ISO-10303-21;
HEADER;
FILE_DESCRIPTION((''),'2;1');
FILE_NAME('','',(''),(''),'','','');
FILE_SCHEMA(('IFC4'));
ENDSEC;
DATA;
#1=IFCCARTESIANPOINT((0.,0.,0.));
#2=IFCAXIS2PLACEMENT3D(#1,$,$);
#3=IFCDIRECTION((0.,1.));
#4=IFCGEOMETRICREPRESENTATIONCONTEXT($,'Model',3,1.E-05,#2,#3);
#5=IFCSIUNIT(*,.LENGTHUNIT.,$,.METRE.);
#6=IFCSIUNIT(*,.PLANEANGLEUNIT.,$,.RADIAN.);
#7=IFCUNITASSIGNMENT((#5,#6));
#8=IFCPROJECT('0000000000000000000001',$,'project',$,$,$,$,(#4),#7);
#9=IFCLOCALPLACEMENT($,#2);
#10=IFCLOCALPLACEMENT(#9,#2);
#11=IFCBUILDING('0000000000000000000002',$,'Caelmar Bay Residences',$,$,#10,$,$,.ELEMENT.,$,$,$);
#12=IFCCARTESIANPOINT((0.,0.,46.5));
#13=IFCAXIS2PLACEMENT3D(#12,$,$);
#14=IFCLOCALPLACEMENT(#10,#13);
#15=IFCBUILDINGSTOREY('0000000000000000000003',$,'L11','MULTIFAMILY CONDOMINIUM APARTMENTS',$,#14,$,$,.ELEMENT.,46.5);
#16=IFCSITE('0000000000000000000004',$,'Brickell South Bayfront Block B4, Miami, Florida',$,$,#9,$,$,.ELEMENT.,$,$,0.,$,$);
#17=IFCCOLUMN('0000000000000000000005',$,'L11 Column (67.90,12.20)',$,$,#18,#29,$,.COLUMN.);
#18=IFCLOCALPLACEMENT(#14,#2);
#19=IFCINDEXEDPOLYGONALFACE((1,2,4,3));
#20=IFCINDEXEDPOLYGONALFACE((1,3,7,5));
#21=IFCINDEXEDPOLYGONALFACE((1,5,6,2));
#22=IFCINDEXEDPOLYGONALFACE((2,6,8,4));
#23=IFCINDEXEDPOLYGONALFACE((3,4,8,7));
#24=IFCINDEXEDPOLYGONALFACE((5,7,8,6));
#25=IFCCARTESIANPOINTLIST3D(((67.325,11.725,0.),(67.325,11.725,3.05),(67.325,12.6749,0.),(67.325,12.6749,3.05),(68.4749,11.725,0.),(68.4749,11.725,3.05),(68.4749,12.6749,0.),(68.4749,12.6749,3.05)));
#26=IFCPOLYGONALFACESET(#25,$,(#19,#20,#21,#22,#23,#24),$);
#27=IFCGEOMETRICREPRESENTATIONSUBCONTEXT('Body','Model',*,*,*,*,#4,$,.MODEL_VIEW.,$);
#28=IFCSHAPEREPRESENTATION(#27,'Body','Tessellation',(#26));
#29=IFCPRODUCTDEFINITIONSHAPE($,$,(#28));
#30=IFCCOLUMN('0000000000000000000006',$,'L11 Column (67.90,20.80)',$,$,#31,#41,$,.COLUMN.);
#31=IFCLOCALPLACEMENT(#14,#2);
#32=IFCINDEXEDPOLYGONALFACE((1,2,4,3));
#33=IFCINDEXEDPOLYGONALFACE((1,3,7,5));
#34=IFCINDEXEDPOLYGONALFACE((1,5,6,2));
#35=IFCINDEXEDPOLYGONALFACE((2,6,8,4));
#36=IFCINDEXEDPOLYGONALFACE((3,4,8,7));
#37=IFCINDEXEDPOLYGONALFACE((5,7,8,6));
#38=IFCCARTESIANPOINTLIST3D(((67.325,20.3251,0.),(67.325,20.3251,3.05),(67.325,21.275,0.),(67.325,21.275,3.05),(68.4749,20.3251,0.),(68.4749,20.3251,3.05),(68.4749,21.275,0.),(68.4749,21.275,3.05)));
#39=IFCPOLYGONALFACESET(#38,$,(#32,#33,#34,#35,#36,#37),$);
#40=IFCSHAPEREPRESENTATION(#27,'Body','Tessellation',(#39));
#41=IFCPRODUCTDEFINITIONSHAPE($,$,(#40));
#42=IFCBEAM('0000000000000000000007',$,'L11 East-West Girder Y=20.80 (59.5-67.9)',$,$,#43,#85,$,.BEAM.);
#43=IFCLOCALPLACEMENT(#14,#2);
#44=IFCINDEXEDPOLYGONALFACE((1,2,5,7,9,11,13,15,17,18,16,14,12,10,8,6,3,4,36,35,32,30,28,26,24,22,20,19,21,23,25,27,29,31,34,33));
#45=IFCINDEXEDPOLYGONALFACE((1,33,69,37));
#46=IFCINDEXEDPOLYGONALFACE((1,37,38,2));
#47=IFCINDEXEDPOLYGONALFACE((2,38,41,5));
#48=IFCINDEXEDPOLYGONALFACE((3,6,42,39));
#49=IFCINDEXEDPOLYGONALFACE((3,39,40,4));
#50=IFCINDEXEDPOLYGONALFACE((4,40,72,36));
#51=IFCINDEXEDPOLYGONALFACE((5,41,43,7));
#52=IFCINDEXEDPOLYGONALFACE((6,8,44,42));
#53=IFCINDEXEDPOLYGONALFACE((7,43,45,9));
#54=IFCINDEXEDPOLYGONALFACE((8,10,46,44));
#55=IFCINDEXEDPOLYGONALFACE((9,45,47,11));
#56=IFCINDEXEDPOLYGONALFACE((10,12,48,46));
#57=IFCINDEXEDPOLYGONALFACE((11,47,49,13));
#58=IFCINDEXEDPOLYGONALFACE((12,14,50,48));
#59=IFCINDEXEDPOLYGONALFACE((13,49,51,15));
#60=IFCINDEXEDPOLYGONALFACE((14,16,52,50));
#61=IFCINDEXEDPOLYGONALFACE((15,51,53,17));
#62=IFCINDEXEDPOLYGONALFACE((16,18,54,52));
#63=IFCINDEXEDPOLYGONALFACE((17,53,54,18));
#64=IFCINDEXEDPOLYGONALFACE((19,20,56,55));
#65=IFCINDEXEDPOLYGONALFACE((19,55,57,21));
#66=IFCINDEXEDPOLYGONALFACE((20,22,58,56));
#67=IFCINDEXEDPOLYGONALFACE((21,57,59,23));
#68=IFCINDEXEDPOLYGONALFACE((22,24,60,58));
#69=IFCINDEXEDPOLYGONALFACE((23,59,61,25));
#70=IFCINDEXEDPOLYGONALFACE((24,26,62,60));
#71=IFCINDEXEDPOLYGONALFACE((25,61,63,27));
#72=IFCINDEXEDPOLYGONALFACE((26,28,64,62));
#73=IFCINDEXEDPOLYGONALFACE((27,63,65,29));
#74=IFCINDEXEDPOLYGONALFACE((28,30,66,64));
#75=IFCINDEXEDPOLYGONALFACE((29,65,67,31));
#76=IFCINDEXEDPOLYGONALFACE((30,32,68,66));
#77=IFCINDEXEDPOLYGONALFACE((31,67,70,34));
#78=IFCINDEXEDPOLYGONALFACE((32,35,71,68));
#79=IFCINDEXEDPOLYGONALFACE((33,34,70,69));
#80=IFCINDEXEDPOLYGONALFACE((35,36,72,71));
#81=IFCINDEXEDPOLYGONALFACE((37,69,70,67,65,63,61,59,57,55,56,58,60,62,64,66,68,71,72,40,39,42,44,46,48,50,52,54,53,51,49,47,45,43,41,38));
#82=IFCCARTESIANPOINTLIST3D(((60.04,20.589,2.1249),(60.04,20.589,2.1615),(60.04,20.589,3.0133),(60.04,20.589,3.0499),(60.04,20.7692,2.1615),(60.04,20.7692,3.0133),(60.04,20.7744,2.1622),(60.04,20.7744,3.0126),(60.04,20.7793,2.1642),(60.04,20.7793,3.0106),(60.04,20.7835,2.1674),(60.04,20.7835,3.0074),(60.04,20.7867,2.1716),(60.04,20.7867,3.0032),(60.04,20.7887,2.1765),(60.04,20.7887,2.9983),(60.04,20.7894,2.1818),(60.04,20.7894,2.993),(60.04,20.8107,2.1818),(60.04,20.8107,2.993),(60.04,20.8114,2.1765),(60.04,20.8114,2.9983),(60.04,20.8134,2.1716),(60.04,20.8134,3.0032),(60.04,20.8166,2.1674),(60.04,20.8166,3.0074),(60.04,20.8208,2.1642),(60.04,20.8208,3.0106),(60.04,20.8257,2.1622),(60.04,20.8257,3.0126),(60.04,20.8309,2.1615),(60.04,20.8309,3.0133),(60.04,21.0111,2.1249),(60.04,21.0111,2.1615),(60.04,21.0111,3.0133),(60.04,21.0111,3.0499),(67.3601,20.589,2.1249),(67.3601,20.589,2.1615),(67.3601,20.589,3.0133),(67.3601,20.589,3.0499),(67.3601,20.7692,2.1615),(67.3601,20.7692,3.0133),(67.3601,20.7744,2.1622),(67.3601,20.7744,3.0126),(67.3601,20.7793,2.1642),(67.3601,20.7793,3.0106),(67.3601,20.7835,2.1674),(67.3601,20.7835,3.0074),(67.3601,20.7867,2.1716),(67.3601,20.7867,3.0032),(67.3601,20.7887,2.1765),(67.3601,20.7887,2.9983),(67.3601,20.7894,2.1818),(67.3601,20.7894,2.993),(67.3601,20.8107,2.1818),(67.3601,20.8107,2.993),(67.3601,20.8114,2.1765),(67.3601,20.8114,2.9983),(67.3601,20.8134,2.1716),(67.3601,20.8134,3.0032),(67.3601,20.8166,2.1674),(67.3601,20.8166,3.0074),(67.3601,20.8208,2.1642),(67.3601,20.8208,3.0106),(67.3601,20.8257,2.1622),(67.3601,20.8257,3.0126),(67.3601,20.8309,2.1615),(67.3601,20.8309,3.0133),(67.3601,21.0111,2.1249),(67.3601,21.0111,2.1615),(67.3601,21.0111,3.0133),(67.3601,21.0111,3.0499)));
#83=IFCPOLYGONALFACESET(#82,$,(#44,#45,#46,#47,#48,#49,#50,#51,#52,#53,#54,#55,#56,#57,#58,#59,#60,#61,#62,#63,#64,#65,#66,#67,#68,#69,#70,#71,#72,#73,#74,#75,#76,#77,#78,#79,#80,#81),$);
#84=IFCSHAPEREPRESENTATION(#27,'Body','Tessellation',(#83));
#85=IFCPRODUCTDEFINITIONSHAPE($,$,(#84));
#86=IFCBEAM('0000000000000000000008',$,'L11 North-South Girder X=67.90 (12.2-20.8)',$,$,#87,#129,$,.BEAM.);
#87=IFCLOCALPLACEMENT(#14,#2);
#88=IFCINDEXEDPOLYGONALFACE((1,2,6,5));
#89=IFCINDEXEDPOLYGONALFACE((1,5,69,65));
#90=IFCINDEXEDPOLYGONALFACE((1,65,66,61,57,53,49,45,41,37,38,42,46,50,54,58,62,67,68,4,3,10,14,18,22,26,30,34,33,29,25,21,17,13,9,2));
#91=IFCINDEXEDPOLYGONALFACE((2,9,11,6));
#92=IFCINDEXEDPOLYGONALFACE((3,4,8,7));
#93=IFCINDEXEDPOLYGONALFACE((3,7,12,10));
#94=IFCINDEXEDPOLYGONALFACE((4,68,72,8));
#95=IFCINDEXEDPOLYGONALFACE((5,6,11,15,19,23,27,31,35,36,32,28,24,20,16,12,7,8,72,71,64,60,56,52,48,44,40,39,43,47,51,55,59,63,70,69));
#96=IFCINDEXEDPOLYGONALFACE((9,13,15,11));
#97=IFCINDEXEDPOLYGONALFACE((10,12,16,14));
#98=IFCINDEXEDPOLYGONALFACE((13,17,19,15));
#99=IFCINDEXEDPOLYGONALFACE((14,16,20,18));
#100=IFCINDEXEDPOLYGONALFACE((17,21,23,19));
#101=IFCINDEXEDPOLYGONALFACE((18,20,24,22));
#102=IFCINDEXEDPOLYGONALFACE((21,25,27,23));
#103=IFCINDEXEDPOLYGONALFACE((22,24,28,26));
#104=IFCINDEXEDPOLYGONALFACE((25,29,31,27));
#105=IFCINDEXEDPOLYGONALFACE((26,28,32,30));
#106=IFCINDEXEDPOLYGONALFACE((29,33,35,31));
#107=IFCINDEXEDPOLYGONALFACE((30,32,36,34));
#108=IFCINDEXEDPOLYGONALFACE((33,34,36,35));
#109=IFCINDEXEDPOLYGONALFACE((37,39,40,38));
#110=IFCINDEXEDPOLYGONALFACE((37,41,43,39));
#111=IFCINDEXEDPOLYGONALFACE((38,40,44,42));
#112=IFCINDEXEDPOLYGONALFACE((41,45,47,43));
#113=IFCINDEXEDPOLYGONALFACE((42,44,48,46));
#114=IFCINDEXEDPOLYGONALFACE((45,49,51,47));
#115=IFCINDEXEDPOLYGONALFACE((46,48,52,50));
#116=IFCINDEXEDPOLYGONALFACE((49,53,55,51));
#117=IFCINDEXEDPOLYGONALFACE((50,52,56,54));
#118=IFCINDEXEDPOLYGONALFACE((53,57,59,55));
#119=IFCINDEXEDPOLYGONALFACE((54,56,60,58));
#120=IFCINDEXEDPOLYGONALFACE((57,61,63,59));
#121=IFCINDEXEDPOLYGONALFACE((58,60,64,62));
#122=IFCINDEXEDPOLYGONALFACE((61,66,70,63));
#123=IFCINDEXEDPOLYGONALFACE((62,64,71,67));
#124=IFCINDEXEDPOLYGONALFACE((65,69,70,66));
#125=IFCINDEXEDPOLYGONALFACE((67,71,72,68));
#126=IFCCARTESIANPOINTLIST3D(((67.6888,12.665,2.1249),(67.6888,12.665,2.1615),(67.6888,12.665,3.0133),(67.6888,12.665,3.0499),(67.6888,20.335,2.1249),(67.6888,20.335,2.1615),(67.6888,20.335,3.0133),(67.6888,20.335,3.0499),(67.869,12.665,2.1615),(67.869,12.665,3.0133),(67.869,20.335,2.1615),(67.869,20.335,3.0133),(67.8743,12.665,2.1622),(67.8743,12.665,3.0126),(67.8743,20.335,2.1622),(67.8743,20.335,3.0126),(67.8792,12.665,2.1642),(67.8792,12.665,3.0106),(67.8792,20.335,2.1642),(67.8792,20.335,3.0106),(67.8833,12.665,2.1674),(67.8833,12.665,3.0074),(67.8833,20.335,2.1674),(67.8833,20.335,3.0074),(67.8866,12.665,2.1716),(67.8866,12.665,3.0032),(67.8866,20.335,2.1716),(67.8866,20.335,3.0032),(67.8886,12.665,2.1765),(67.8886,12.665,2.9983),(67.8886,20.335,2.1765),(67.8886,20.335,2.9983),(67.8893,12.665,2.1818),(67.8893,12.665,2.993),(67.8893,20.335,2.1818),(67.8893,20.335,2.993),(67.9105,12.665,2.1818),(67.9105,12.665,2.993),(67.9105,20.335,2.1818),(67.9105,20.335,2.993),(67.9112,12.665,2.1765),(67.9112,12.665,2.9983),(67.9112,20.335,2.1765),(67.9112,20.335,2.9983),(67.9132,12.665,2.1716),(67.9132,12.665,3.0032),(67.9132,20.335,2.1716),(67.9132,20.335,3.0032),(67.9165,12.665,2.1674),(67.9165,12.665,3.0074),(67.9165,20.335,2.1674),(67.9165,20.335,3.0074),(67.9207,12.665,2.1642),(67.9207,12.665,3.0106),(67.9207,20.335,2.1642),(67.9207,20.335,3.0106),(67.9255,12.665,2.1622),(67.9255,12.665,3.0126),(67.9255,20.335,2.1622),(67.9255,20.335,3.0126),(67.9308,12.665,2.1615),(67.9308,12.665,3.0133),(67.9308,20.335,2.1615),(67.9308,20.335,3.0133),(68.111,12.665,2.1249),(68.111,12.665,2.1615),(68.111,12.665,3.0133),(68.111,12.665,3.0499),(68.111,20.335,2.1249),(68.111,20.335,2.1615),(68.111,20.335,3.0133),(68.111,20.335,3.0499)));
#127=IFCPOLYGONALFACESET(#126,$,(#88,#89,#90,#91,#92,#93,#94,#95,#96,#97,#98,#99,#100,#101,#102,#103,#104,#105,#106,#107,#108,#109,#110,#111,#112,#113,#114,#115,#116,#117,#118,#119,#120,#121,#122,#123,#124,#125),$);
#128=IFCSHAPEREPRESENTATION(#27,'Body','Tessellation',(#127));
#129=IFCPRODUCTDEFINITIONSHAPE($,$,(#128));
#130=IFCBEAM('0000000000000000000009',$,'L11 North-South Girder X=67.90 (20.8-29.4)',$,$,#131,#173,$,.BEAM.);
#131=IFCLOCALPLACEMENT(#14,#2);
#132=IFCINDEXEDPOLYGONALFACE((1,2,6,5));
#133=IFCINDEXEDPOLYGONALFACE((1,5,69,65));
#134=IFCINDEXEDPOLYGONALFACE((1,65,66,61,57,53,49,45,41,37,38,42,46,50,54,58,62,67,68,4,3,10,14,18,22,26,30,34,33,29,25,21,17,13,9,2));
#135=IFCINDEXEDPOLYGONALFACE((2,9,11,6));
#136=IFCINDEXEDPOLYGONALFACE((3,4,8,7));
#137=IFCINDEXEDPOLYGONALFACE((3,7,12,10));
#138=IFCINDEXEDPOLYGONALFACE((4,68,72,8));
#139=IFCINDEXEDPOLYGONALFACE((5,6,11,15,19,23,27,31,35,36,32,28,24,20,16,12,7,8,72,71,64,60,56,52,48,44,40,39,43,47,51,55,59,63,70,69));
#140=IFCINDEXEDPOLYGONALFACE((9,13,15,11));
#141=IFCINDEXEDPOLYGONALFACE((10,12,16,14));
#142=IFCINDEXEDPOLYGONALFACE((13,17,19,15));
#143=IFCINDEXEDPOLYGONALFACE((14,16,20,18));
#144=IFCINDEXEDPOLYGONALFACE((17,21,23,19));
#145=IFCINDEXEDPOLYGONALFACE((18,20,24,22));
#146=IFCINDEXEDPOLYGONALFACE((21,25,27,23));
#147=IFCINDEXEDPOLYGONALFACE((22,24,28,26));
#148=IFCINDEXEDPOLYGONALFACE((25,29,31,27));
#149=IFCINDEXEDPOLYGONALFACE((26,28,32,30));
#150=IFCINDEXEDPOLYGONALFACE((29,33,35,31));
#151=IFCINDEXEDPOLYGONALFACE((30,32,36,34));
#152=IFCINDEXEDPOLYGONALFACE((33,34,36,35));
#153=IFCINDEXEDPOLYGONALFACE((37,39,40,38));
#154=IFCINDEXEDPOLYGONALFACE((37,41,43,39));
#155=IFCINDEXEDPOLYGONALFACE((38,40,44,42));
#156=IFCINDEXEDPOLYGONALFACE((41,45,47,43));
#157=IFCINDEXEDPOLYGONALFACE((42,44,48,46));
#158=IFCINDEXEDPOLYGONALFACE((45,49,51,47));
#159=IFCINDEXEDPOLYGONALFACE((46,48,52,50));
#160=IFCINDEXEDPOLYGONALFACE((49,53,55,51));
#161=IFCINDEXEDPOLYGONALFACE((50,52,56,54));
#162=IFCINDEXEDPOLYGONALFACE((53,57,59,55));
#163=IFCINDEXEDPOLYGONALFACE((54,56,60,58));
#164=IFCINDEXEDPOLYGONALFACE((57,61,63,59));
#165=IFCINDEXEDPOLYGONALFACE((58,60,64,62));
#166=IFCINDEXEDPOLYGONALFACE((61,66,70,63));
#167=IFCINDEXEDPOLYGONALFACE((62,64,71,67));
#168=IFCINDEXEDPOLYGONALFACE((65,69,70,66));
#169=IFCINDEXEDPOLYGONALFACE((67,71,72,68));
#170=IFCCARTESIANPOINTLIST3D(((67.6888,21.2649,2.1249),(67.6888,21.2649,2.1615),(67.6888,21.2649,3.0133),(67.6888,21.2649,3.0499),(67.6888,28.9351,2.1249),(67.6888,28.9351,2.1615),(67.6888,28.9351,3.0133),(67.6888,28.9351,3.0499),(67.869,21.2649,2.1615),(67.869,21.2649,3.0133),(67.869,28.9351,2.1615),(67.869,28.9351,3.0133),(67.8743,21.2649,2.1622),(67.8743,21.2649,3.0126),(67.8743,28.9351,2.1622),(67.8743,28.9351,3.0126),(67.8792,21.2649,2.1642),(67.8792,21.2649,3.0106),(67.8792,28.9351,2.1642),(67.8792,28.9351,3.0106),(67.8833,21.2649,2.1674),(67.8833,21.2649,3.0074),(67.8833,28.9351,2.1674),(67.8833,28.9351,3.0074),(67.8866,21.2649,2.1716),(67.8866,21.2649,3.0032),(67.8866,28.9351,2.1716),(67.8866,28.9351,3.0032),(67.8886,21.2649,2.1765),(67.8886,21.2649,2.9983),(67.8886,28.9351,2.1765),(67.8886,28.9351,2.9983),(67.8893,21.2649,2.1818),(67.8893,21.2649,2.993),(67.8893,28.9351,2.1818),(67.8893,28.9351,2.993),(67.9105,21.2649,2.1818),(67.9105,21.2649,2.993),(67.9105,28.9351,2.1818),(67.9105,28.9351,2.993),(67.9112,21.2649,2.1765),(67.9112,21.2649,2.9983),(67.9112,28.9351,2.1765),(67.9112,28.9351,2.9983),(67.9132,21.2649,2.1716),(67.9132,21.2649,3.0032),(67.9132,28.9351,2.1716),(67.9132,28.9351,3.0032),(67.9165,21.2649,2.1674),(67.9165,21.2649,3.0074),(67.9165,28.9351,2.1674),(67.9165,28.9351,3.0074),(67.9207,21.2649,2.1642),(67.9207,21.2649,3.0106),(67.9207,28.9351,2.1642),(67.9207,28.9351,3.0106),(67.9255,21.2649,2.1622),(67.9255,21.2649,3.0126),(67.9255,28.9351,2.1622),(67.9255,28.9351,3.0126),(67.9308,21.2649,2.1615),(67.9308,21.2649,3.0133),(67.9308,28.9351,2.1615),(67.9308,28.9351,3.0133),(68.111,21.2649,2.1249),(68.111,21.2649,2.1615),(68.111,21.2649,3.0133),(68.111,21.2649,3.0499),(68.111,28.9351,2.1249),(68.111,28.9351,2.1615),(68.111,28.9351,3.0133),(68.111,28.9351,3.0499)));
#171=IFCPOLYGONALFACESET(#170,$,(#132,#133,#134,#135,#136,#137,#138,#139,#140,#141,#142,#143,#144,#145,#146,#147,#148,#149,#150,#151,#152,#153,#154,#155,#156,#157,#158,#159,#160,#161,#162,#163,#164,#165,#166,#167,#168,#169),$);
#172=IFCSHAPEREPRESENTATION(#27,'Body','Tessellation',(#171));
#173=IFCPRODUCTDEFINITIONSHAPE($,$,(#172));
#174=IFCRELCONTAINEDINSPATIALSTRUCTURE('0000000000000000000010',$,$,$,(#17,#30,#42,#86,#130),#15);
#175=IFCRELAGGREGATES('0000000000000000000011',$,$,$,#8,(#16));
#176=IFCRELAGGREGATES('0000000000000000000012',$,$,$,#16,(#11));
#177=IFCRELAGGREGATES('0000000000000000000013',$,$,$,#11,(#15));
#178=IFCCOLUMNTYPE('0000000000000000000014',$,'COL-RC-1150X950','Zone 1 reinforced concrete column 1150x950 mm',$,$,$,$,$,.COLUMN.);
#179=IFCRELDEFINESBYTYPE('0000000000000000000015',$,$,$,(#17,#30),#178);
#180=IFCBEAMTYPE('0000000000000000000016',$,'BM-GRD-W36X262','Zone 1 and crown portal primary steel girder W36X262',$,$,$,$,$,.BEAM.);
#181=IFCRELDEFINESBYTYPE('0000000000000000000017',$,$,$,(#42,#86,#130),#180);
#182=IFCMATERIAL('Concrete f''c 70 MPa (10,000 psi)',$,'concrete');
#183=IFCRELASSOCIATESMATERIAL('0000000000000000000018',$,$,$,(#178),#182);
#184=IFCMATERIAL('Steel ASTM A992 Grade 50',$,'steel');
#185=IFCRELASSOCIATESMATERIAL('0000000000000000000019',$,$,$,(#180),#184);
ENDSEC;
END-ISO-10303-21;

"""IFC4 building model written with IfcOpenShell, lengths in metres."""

from ifc_helpers import new_model, si_unit, direction, frame, origin, origin_2d, place, context, subcontext, project, spatial, rectangle, i_section, extrude, material, material_profile, profile_set, type_object, element, save


model = new_model("IFC4")

# Units and contexts
model_context = context("Model", 3, precision=1e-05, world=origin(), true_north=direction((0.0, 1.0)))
body_context = subcontext(model_context, "Body", "Model", "MODEL_VIEW")
ifc_project = project(units=[si_unit("LENGTHUNIT", "METRE"), si_unit("PLANEANGLEUNIT", "RADIAN")], contexts=[model_context])

# Site, building, storey
site_placement = place(None, origin())
site = spatial("IfcSite", under=ifc_project, at=site_placement, Name="Brickell South Bayfront Block B4, Miami, Florida", CompositionType="ELEMENT", RefElevation=0.0)
building_placement = place(site_placement, origin())
building = spatial("IfcBuilding", under=site, at=building_placement, Name="Caelmar Bay Residences", CompositionType="ELEMENT")
storey_placement = place(building_placement, frame((0.0, 0.0, 46.5)))
storey = spatial("IfcBuildingStorey", under=building, at=storey_placement, Name="L11", Description="MULTIFAMILY CONDOMINIUM APARTMENTS", CompositionType="ELEMENT", Elevation=46.5)

# Columns
ifc_material_1 = material(Name="Concrete f'c 70 MPa (10,000 psi)", Category="concrete")
ifc_material_profile_1 = material_profile(ifc_material_1, rectangle(XDim=1.1499, YDim=0.95, at=origin_2d()), Name="RC-COL-1150X950")
ifc_profile_set_1 = profile_set([ifc_material_profile_1], Name="Concrete f'c 70 MPa (10,000 psi)")
column_type = type_object("IfcColumnType", Name="COL-RC-1150X950", Description="Zone 1 reinforced concrete column 1150x950 mm", PredefinedType="COLUMN", material=ifc_profile_set_1)
for number, where, z_axis, x_axis, name in (
    (1, (67.8999, 12.2, 0.0), (0.0, 0.0, 1.0), (1.0, 0.0, 0.0), "L11 Column (67.90,12.20)"),
    (2, (67.8999, 20.8, 0.0), (0.0, 0.0, 1.0), (1.0, 0.0, 0.0), "L11 Column (67.90,20.80)"),
):
    element("IfcColumn", number, at=place(storey_placement, frame(where, z_axis=z_axis, x_axis=x_axis)), inside=storey, type_object=column_type, Name=name, PredefinedType="COLUMN", context=body_context, shape_type="SweptSolid", body=[
        extrude(rectangle(XDim=1.1499, YDim=0.95, at=origin_2d()), origin(), (0.0, 0.0, 1.0), 3.05),
    ])

# Beams
ifc_material_2 = material(Name="Steel ASTM A992 Grade 50", Category="steel")
ifc_material_profile_2 = material_profile(ifc_material_2, i_section(OverallWidth=0.4221, OverallDepth=0.925, WebThickness=0.0212, FlangeThickness=0.0366, FilletRadius=0.0203, at=origin_2d()), Name="W36X262")
ifc_profile_set_2 = profile_set([ifc_material_profile_2], Name="Steel ASTM A992 Grade 50")
beam_type_1 = type_object("IfcBeamType", Name="BM-GRD-W36X262", Description="Zone 1 and crown portal primary steel girder W36X262", PredefinedType="BEAM", material=ifc_profile_set_2)
beam_1_placement = place(storey_placement, frame((60.04, 20.8, 2.5874), z_axis=(1.0, 0.0, 0.0), x_axis=(0.0, 1.0, 0.0)))
element("IfcBeam", 3, at=beam_1_placement, inside=storey, type_object=beam_type_1, Name="L11 East-West Girder Y=20.80 (59.5-67.9)", PredefinedType="BEAM", context=body_context, shape_type="SweptSolid", body=[
    extrude(i_section(OverallWidth=0.4221, OverallDepth=0.925, WebThickness=0.0212, FlangeThickness=0.0366, FilletRadius=0.0203, at=origin_2d()), origin(), (0.0, 0.0, 1.0), 7.3201),
])
beam_2_placement = place(storey_placement, frame((67.8999, 12.665, 2.5874), z_axis=(0.0, 1.0, 0.0), x_axis=(-1.0, 0.0, 0.0)))
element("IfcBeam", 4, at=beam_2_placement, inside=storey, type_object=beam_type_1, Name="L11 North-South Girder X=67.90 (12.2-20.8)", PredefinedType="BEAM", context=body_context, shape_type="SweptSolid", body=[
    extrude(i_section(OverallWidth=0.4221, OverallDepth=0.925, WebThickness=0.0212, FlangeThickness=0.0366, FilletRadius=0.0203, at=origin_2d()), origin(), (0.0, 0.0, 1.0), 7.6699),
])
beam_3_placement = place(storey_placement, frame((67.8999, 21.2649, 2.5874), z_axis=(0.0, 1.0, 0.0), x_axis=(-1.0, 0.0, 0.0)))
element("IfcBeam", 5, at=beam_3_placement, inside=storey, type_object=beam_type_1, Name="L11 North-South Girder X=67.90 (20.8-29.4)", PredefinedType="BEAM", context=body_context, shape_type="SweptSolid", body=[
    extrude(i_section(OverallWidth=0.4221, OverallDepth=0.925, WebThickness=0.0212, FlangeThickness=0.0366, FilletRadius=0.0203, at=origin_2d()), origin(), (0.0, 0.0, 1.0), 7.6702),
])

save(model, "model.ifc")
